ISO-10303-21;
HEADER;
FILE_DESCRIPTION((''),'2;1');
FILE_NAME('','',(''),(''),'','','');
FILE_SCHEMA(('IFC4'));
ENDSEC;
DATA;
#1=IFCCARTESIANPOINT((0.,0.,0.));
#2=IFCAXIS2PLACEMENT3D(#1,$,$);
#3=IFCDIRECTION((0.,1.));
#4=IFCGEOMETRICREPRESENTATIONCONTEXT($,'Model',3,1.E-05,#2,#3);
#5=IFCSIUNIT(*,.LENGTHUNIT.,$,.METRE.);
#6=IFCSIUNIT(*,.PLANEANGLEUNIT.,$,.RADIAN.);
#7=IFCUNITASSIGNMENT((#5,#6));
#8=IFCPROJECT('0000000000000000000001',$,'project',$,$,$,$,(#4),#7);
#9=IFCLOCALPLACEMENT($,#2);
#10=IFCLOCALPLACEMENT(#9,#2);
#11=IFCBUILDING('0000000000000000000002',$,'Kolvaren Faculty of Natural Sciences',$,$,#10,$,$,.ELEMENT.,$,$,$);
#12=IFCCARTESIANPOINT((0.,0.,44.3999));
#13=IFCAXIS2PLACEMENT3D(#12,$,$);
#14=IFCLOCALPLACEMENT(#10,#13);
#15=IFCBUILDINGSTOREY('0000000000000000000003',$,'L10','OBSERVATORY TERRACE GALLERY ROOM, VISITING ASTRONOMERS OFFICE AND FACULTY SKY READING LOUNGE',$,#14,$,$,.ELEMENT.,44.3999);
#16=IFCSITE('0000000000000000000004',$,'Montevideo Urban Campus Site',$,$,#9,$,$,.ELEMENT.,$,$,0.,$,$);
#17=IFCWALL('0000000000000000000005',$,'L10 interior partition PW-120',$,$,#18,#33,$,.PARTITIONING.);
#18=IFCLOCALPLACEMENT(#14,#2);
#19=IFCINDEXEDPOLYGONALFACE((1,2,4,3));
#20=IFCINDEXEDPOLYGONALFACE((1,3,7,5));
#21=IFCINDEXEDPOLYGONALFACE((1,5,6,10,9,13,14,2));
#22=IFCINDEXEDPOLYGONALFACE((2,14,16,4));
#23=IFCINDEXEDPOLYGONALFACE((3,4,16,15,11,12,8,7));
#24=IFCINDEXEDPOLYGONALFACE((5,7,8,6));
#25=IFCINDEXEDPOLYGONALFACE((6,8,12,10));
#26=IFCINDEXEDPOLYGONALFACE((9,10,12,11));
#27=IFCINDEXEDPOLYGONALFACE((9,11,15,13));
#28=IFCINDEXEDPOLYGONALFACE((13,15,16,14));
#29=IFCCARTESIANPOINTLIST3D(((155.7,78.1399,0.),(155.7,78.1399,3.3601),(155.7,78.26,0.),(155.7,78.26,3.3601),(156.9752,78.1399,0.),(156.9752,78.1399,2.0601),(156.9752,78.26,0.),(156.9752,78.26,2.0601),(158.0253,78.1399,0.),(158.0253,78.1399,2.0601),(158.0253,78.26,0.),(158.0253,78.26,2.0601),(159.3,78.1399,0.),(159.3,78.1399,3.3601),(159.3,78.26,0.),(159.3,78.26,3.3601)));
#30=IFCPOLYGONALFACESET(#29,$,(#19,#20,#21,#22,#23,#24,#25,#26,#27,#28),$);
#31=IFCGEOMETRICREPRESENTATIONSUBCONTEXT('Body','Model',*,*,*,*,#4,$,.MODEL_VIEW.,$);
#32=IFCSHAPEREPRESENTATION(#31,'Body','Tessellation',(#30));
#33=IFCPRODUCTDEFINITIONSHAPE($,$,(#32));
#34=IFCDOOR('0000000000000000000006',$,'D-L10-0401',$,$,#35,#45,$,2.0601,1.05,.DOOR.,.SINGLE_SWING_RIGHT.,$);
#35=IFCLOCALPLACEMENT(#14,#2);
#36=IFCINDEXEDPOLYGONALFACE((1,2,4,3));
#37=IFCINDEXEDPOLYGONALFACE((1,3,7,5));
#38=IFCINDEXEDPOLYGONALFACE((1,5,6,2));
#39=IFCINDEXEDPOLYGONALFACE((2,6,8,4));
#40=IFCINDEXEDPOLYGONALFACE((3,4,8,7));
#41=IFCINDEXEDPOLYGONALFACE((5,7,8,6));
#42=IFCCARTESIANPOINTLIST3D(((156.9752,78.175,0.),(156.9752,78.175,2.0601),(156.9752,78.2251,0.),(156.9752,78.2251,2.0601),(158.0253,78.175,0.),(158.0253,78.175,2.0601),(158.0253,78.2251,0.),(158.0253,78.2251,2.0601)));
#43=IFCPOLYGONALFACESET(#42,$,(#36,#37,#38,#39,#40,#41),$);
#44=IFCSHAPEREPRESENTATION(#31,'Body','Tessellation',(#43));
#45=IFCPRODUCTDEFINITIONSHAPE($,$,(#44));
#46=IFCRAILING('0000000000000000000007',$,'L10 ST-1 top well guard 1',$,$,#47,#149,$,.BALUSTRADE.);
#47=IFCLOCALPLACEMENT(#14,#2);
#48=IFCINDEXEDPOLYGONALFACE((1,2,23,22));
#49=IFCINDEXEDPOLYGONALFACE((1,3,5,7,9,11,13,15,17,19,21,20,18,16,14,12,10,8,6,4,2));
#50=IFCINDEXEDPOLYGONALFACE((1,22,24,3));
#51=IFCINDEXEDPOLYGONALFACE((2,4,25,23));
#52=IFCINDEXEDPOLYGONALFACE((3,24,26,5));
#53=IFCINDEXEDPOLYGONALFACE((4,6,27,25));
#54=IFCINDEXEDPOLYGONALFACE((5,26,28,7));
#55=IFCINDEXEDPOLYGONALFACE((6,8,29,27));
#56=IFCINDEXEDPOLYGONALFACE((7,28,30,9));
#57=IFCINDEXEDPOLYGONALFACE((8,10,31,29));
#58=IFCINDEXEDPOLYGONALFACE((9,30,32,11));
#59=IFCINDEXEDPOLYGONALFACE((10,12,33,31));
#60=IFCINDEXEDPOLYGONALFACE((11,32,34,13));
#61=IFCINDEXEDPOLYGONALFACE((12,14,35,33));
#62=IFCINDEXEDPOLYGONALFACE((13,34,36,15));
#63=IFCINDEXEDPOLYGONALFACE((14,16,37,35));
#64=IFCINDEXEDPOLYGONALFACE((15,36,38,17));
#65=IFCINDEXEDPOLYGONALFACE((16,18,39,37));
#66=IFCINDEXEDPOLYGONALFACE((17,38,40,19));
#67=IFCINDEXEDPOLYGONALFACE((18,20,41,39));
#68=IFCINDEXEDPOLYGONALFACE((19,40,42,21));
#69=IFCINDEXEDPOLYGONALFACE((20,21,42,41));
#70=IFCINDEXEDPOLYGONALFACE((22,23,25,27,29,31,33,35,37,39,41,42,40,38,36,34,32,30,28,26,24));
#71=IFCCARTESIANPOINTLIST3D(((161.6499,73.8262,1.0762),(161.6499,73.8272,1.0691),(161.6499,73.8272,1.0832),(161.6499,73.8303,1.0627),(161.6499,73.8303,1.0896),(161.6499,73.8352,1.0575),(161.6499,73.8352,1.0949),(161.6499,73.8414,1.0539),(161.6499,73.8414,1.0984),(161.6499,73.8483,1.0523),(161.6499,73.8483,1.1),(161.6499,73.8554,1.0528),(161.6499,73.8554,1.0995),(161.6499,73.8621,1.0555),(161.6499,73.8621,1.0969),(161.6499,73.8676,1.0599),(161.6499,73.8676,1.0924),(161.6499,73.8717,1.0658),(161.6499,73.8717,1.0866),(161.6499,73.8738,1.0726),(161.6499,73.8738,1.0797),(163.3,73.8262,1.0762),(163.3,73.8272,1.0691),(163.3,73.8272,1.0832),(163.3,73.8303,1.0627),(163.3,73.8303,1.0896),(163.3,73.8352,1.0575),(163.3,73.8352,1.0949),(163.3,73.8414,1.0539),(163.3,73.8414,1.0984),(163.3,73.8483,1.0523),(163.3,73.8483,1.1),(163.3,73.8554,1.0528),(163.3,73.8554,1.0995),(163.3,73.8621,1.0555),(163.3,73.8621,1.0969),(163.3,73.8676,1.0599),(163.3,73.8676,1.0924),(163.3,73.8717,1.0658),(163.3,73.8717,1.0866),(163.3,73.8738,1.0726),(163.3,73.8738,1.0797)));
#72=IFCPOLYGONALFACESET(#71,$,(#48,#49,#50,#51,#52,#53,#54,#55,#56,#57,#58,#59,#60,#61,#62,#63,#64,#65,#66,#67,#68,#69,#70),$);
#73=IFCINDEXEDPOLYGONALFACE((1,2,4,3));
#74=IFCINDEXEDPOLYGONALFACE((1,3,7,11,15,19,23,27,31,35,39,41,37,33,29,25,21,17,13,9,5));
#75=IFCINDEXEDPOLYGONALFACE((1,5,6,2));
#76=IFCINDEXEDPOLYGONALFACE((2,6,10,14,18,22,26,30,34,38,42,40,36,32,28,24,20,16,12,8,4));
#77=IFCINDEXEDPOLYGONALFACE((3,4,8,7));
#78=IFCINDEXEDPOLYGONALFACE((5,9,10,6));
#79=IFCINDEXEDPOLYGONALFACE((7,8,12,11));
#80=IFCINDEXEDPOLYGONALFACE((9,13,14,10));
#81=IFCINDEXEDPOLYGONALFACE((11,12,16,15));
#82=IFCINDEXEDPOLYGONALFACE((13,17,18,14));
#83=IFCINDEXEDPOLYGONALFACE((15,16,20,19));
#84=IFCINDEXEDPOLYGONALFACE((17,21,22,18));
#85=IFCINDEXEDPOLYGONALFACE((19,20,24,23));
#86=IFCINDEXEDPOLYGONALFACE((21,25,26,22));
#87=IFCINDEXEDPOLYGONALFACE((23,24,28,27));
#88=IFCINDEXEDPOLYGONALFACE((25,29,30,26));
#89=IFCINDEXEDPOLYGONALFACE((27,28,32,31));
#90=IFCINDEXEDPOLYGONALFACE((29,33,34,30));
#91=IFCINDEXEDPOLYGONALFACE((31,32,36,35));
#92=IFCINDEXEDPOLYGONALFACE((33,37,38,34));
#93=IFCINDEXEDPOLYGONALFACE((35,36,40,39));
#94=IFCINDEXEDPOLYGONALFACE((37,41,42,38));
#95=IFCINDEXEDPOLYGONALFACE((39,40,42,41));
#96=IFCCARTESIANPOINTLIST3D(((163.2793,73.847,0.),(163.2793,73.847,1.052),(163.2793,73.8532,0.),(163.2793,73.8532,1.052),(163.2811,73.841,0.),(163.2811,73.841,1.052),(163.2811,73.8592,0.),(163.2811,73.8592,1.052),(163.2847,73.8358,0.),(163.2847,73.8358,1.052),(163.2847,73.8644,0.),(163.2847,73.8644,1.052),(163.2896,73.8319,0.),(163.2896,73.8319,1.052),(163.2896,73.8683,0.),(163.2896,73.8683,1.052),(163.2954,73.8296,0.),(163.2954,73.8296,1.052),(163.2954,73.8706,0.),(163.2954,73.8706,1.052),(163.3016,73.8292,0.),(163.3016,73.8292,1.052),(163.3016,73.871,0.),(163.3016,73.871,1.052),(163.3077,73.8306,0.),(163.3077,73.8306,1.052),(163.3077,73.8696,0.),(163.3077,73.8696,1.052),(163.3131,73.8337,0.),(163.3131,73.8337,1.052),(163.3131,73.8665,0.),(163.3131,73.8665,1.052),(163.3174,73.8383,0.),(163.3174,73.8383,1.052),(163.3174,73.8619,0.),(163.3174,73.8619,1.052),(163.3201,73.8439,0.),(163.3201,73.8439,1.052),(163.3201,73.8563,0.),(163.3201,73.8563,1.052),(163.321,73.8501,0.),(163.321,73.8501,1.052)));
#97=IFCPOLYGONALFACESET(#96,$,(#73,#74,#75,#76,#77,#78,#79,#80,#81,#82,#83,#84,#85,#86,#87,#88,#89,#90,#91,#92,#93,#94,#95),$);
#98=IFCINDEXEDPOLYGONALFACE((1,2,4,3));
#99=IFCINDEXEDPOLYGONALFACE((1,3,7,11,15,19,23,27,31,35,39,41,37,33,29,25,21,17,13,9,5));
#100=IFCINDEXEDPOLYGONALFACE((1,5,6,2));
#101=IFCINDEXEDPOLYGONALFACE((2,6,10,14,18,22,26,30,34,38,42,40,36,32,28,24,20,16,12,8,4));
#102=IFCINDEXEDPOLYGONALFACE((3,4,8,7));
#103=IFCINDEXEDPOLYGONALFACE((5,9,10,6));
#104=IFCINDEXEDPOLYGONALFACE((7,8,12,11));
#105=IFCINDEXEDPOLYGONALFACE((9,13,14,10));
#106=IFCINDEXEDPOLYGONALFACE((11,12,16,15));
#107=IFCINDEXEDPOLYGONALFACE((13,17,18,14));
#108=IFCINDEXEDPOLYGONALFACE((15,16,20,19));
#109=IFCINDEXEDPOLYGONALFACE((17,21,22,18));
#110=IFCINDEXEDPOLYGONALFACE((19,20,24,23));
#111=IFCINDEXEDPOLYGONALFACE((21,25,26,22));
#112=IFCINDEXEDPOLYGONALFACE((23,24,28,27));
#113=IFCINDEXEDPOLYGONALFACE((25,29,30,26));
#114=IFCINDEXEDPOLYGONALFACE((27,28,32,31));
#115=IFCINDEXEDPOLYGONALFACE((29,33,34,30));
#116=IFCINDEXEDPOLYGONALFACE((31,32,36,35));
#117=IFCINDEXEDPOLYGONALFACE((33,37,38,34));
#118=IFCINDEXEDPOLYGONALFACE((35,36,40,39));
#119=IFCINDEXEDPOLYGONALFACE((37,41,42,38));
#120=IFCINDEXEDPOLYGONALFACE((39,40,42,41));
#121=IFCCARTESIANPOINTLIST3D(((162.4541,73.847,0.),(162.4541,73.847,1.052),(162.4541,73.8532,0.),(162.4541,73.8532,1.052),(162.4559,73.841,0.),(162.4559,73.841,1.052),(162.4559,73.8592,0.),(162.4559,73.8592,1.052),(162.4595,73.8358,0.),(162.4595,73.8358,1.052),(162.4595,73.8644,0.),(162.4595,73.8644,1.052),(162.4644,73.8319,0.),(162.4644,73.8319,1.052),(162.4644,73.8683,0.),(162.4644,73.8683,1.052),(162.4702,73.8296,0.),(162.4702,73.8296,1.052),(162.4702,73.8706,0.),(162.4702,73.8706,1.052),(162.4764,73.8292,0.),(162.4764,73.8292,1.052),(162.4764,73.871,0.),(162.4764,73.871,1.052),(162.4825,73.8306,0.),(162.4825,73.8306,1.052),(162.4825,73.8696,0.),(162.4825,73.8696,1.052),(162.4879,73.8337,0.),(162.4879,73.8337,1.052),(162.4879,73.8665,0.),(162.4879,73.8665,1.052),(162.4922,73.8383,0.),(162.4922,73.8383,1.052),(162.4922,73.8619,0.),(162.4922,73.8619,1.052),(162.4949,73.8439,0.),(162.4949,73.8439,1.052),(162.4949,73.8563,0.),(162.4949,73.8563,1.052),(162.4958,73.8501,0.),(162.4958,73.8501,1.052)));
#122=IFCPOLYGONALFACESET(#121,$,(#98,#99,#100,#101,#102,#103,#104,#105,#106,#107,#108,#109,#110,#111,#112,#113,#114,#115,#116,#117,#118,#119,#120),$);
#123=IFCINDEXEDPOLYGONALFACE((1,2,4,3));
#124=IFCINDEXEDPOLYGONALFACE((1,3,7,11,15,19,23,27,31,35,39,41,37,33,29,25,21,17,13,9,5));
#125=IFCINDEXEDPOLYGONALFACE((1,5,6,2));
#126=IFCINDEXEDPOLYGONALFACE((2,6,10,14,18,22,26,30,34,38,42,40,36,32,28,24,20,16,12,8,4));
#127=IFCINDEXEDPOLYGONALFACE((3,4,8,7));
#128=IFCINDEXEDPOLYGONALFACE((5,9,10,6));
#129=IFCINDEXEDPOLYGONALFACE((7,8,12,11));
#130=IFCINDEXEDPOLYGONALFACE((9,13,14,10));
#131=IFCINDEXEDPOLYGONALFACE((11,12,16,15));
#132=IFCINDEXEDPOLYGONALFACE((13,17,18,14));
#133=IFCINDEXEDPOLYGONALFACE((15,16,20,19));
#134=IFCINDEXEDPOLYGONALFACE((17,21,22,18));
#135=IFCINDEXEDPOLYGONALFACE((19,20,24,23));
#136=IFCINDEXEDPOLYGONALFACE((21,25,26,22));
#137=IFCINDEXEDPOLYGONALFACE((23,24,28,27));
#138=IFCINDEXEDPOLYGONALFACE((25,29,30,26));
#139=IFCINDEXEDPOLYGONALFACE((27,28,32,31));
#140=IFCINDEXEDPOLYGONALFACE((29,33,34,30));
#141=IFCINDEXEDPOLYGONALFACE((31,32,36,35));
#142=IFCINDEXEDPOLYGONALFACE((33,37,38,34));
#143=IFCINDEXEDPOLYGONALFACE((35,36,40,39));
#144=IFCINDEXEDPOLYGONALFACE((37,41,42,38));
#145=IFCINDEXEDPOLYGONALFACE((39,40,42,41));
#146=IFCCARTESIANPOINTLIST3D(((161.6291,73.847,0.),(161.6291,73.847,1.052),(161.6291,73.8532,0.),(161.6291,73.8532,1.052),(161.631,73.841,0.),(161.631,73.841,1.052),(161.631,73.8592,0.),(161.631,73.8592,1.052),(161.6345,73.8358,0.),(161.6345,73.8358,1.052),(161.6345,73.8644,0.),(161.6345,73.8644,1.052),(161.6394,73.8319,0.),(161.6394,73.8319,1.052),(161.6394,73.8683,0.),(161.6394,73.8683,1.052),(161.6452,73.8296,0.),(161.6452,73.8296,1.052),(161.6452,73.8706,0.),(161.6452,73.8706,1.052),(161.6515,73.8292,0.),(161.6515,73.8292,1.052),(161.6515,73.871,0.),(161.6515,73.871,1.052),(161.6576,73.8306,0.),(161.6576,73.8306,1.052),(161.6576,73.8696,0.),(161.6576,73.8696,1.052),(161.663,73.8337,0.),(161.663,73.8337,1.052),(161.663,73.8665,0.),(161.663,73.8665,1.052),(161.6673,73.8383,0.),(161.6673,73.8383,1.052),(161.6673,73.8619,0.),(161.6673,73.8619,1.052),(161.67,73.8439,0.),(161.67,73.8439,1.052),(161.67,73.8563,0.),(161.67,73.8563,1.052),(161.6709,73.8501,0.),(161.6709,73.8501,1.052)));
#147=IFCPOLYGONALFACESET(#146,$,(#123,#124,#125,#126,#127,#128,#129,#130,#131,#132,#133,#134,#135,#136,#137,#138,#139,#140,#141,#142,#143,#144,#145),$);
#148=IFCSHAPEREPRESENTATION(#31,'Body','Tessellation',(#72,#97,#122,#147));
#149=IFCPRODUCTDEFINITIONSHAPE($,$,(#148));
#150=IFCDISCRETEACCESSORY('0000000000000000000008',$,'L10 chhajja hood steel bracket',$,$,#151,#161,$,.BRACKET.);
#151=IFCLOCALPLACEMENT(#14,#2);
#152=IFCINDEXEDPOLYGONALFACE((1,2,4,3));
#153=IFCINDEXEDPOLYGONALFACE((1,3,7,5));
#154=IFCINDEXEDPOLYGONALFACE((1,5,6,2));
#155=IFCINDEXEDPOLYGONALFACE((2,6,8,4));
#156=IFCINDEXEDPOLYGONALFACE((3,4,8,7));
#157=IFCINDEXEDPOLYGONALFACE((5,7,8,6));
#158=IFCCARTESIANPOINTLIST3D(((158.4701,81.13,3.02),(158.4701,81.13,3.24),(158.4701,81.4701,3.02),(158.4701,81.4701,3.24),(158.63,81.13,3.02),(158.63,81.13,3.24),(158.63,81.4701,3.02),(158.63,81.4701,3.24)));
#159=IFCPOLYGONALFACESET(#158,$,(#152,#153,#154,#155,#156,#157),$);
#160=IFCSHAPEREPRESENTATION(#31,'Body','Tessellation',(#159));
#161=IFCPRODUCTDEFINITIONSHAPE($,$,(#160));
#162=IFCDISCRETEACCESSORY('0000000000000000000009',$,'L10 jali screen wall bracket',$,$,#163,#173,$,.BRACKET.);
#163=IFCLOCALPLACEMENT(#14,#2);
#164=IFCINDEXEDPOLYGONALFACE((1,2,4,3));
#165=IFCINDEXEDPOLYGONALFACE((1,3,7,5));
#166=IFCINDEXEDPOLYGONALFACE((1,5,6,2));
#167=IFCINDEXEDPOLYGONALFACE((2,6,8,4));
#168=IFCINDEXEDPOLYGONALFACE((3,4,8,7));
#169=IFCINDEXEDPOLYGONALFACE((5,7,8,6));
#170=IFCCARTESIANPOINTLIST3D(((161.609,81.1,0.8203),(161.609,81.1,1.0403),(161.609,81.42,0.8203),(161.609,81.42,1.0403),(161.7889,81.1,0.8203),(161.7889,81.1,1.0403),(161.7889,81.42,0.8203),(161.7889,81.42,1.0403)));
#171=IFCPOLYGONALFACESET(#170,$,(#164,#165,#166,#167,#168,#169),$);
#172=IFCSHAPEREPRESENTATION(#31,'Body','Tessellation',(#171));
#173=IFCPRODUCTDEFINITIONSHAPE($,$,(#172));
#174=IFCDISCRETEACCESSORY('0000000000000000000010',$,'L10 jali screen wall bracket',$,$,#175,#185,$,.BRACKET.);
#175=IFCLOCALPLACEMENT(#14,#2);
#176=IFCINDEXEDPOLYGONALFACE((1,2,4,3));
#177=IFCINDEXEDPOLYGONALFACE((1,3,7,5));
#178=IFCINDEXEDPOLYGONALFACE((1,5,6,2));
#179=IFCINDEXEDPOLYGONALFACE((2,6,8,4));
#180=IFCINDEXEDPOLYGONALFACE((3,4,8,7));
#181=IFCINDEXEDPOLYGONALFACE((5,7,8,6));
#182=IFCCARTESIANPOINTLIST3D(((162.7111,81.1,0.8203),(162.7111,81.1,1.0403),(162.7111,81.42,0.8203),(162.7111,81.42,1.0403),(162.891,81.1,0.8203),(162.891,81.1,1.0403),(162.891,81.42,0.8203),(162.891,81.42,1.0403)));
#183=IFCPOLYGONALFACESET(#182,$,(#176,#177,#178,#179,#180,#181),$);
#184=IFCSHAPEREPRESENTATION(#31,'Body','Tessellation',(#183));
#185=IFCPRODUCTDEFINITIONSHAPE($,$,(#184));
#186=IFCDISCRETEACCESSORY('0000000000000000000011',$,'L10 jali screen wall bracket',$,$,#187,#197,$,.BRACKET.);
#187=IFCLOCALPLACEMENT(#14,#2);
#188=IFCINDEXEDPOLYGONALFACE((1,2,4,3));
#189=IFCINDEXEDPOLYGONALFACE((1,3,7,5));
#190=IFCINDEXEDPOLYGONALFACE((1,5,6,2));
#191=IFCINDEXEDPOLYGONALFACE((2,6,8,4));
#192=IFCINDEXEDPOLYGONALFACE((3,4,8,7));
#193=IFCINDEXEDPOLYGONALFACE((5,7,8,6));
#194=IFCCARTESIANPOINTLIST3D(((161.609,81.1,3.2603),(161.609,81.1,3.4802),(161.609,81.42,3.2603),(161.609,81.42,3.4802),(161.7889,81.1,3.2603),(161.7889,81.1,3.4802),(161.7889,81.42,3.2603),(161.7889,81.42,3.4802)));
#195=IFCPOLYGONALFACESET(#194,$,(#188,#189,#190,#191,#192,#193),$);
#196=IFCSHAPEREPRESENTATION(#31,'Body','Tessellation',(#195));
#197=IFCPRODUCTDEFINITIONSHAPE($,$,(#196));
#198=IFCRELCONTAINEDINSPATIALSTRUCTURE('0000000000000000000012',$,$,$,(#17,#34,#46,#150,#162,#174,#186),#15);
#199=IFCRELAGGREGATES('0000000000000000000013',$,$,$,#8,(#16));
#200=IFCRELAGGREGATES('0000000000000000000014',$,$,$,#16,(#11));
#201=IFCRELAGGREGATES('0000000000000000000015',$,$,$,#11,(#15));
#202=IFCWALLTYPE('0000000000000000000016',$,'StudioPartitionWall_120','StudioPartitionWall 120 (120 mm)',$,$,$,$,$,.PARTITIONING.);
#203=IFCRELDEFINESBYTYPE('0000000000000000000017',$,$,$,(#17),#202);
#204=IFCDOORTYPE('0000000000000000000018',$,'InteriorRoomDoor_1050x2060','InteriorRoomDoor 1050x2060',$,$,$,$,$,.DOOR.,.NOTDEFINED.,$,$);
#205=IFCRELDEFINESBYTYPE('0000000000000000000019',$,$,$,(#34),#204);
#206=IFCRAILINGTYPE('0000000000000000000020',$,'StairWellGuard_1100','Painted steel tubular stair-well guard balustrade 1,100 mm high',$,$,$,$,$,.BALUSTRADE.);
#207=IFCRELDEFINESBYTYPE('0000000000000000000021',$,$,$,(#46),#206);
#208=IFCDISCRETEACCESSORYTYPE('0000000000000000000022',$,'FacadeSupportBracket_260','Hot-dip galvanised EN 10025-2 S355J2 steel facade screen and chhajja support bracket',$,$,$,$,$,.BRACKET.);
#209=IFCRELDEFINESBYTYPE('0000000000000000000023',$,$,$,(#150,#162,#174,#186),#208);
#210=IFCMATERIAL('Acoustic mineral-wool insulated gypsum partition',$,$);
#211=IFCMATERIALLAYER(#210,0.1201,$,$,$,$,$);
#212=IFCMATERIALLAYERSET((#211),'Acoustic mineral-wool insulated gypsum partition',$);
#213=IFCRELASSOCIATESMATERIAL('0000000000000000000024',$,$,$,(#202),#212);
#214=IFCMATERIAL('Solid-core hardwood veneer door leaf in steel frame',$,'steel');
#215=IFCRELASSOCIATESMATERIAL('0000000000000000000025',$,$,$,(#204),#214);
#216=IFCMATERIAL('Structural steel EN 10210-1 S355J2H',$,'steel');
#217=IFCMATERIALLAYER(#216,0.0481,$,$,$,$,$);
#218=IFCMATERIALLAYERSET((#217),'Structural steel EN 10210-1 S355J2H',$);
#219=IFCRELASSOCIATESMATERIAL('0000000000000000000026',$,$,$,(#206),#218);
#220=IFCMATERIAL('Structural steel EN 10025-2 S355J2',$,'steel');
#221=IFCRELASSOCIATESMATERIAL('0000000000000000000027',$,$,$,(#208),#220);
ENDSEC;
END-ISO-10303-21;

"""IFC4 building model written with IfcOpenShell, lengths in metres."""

from ifc_helpers import new_model, si_unit, direction, frame, frame_2d, origin, origin_2d, place, context, subcontext, project, spatial, rectangle, circle, extrude, material, layer, layer_set, type_object, element, fill, save


model = new_model("IFC4")

# Units and contexts
model_context = context("Model", 3, precision=1e-05, world=origin(), true_north=direction((0.0, 1.0)))
body_context = subcontext(model_context, "Body", "Model", "MODEL_VIEW")
ifc_project = project(units=[si_unit("LENGTHUNIT", "METRE"), si_unit("PLANEANGLEUNIT", "RADIAN")], contexts=[model_context])

# Site, building, storey
site_placement = place(None, origin())
site = spatial("IfcSite", under=ifc_project, at=site_placement, Name="Montevideo Urban Campus Site", CompositionType="ELEMENT", RefElevation=0.0)
building_placement = place(site_placement, origin())
building = spatial("IfcBuilding", under=site, at=building_placement, Name="Kolvaren Faculty of Natural Sciences", CompositionType="ELEMENT")
storey_placement = place(building_placement, frame((0.0, 0.0, 44.3999)))
storey = spatial("IfcBuildingStorey", under=building, at=storey_placement, Name="L10", Description="OBSERVATORY TERRACE GALLERY ROOM, VISITING ASTRONOMERS OFFICE AND FACULTY SKY READING LOUNGE", CompositionType="ELEMENT", Elevation=44.3999)

# Shared definitions
ifc_material_1 = material(Name="Acoustic mineral-wool insulated gypsum partition")
ifc_layer_1 = layer(ifc_material_1, 0.1201)
ifc_layer_set_1 = layer_set([ifc_layer_1], Name="Acoustic mineral-wool insulated gypsum partition")
wall_type_1 = type_object("IfcWallType", Name="StudioPartitionWall_120", Description="StudioPartitionWall 120 (120 mm)", PredefinedType="PARTITIONING", material=ifc_layer_set_1)

# Wall, opening, door
wall_1_placement = place(storey_placement, frame((159.3, 78.2, 0.0), z_axis=(0.0, 0.0, 1.0), x_axis=(-1.0, 0.0, 0.0)))
wall_1 = element("IfcWall", 1, at=wall_1_placement, inside=storey, type_object=wall_type_1, Name="L10 interior partition PW-120", PredefinedType="PARTITIONING", context=body_context, shape_type="SweptSolid", body=[
    extrude(rectangle(XDim=3.6001, YDim=0.1201, at=frame_2d((1.8, 0.0))), origin(), (0.0, 0.0, 1.0), 3.3601),
])
opening_1_placement = place(wall_1_placement, frame((1.2749, 0.0, 0.0)))
opening_1 = element("IfcOpeningElement", 2, at=opening_1_placement, cuts=wall_1, PredefinedType="OPENING", context=body_context, shape_type="SweptSolid", body=[
    extrude(rectangle(XDim=1.05, YDim=2.0601, at=frame_2d((0.5249, 1.03))), frame((0.0, 0.0701, 0.0), z_axis=(0.0, -1.0, 0.0), x_axis=(1.0, 0.0, 0.0)), (0.0, 0.0, 1.0), 0.1401),
])
ifc_material_2 = material(Name="Solid-core hardwood veneer door leaf in steel frame", Category="steel")
door_type_1 = type_object("IfcDoorType", Name="InteriorRoomDoor_1050x2060", Description="InteriorRoomDoor 1050x2060", OperationType="NOTDEFINED", PredefinedType="DOOR", material=ifc_material_2)
door_1_placement = place(opening_1_placement, origin())
door_1 = element("IfcDoor", 3, at=door_1_placement, inside=storey, type_object=door_type_1, Name="D-L10-0401", OperationType="SINGLE_SWING_RIGHT", OverallHeight=2.0601, OverallWidth=1.05, PredefinedType="DOOR", context=body_context, shape_type="SweptSolid", body=[
    extrude(rectangle(XDim=1.05, YDim=2.0601, at=frame_2d((0.5249, 1.03))), frame((0.0, 0.0249, 0.0), z_axis=(0.0, -1.0, 0.0), x_axis=(1.0, 0.0, 0.0)), (0.0, 0.0, 1.0), 0.05),
])
fill(opening_1, door_1)

# Railing
ifc_material_3 = material(Name="Structural steel EN 10210-1 S355J2H", Category="steel")
ifc_layer_2 = layer(ifc_material_3, 0.0481)
ifc_layer_set_2 = layer_set([ifc_layer_2], Name="Structural steel EN 10210-1 S355J2H")
railing_type = type_object("IfcRailingType", Name="StairWellGuard_1100", Description="Painted steel tubular stair-well guard balustrade 1,100 mm high", PredefinedType="BALUSTRADE", material=ifc_layer_set_2)
railing_placement = place(storey_placement, frame((163.3, 73.8501, 0.0)))
element("IfcRailing", 4, at=railing_placement, inside=storey, type_object=railing_type, Name="L10 ST-1 top well guard 1", PredefinedType="BALUSTRADE", context=body_context, shape_type="SweptSolid", body=[
    extrude(circle(Radius=0.0239, at=origin_2d()), frame((0.0, 0.0, 1.0762), z_axis=(-1.0, 0.0, 0.0), x_axis=(0.0, -1.0, 0.0)), (0.0, 0.0, 1.0), 1.6501),
    extrude(circle(Radius=0.021, at=origin_2d()), origin(), (0.0, 0.0, 1.0), 1.052),
    extrude(circle(Radius=0.021, at=origin_2d()), frame((-0.8252, 0.0, 0.0)), (0.0, 0.0, 1.0), 1.052),
    extrude(circle(Radius=0.021, at=origin_2d()), frame((-1.6501, 0.0, 0.0)), (0.0, 0.0, 1.0), 1.052),
])

# Discrete accessories
ifc_material_4 = material(Name="Structural steel EN 10025-2 S355J2", Category="steel")
discrete_accessory_type = type_object("IfcDiscreteAccessoryType", Name="FacadeSupportBracket_260", Description="Hot-dip galvanised EN 10025-2 S355J2 steel facade screen and chhajja support bracket", PredefinedType="BRACKET", material=ifc_material_4)
discrete_accessory_placement = place(storey_placement, frame((158.55, 81.3, 3.02), z_axis=(0.0, 0.0, 1.0), x_axis=(1.0, 0.0, 0.0)))
element("IfcDiscreteAccessory", 5, at=discrete_accessory_placement, inside=storey, type_object=discrete_accessory_type, Name="L10 chhajja hood steel bracket", PredefinedType="BRACKET", context=body_context, shape_type="SweptSolid", body=[
    extrude(rectangle(XDim=0.1599, YDim=0.3401, at=origin_2d()), origin(), (0.0, 0.0, 1.0), 0.22),
])
for number, where, z_axis, x_axis, name in (
    (6, (161.699, 81.26, 0.8203), (0.0, 0.0, 1.0), (1.0, 0.0, 0.0), "L10 jali screen wall bracket"),
    (7, (162.801, 81.26, 0.8203), (0.0, 0.0, 1.0), (1.0, 0.0, 0.0), "L10 jali screen wall bracket"),
    (8, (161.699, 81.26, 3.2603), (0.0, 0.0, 1.0), (1.0, 0.0, 0.0), "L10 jali screen wall bracket"),
):
    element("IfcDiscreteAccessory", number, at=place(storey_placement, frame(where, z_axis=z_axis, x_axis=x_axis)), inside=storey, type_object=discrete_accessory_type, Name=name, PredefinedType="BRACKET", context=body_context, shape_type="SweptSolid", body=[
        extrude(rectangle(XDim=0.1799, YDim=0.3201, at=origin_2d()), origin(), (0.0, 0.0, 1.0), 0.22),
    ])

save(model, "model.ifc")
